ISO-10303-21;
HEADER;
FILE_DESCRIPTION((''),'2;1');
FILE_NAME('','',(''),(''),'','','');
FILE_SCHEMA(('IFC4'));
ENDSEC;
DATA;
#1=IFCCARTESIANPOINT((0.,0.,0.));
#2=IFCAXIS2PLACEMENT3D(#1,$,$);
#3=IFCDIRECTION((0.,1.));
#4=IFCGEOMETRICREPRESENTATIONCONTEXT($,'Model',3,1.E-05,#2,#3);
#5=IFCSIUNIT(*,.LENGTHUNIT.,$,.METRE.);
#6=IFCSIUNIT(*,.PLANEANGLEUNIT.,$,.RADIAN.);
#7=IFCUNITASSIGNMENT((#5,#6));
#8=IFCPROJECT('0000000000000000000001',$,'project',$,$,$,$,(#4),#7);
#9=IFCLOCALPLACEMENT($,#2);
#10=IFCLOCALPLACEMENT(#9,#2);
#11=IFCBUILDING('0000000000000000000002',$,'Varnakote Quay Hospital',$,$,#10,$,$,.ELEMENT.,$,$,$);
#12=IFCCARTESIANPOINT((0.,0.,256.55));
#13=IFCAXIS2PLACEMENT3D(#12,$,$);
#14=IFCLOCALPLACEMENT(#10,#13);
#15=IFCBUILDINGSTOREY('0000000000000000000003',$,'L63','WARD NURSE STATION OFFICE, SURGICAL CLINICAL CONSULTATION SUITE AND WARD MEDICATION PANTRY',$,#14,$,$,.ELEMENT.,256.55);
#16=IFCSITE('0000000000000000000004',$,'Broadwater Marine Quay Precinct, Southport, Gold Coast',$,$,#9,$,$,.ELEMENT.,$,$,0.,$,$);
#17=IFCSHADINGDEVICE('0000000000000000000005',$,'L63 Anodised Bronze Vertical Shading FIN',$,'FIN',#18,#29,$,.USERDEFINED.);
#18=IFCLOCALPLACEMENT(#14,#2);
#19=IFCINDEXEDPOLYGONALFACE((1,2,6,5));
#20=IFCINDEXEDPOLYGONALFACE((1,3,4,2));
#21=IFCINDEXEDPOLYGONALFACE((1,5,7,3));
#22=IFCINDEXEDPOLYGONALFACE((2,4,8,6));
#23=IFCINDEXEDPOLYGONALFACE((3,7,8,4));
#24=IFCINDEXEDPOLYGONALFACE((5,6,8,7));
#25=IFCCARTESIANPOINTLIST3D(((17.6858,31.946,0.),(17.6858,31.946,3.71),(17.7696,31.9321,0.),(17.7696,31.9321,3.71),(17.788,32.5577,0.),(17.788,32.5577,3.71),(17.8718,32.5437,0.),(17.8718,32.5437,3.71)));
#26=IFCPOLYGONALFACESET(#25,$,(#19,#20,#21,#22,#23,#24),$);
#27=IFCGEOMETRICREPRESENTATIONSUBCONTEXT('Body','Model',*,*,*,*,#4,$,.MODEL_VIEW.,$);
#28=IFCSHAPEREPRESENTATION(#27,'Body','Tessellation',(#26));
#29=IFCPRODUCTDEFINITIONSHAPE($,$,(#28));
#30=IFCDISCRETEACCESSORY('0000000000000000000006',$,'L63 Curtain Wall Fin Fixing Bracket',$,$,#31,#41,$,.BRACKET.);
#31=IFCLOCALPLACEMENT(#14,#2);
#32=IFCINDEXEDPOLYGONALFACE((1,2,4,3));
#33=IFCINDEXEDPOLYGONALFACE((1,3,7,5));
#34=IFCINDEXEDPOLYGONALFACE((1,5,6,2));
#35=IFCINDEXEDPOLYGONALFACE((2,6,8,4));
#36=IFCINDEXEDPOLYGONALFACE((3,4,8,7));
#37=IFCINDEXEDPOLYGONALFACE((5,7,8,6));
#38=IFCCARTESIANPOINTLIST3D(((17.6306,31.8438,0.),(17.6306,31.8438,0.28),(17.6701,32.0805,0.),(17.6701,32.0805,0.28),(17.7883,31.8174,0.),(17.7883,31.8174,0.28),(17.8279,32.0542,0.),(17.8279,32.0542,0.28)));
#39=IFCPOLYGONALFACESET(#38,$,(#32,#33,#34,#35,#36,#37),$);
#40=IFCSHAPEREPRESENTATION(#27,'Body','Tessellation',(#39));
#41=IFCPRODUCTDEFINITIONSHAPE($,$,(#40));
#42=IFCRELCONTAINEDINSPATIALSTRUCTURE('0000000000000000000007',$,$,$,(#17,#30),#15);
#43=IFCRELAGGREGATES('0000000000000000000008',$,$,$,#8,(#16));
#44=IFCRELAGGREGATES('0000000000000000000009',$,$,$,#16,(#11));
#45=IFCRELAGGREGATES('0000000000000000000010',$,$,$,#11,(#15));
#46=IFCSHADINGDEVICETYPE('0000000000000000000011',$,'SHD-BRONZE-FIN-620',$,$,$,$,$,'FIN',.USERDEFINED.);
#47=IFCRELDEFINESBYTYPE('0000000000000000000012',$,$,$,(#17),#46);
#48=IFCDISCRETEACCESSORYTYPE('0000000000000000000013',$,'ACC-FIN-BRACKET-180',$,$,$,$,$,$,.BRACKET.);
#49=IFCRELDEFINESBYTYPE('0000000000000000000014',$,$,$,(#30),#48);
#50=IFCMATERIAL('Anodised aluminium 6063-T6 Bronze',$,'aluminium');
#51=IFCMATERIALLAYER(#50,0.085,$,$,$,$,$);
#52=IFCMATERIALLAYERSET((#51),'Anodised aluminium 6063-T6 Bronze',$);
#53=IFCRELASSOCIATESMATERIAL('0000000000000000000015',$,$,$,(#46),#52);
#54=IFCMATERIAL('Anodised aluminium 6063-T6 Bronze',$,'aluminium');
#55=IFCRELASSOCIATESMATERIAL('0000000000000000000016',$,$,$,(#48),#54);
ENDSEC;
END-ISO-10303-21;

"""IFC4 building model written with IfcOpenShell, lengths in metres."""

from ifc_helpers import new_model, si_unit, direction, frame, origin, origin_2d, place, context, subcontext, project, spatial, rectangle, extrude, material, layer, layer_set, type_object, element, save


model = new_model("IFC4")

# Units and contexts
model_context = context("Model", 3, precision=1e-05, world=origin(), true_north=direction((0.0, 1.0)))
body_context = subcontext(model_context, "Body", "Model", "MODEL_VIEW")
ifc_project = project(units=[si_unit("LENGTHUNIT", "METRE"), si_unit("PLANEANGLEUNIT", "RADIAN")], contexts=[model_context])

# Site, building, storey
site_placement = place(None, origin())
site = spatial("IfcSite", under=ifc_project, at=site_placement, Name="Broadwater Marine Quay Precinct, Southport, Gold Coast", CompositionType="ELEMENT", RefElevation=0.0)
building_placement = place(site_placement, origin())
building = spatial("IfcBuilding", under=site, at=building_placement, Name="Varnakote Quay Hospital", CompositionType="ELEMENT")
storey_placement = place(building_placement, frame((0.0, 0.0, 256.55)))
storey = spatial("IfcBuildingStorey", under=building, at=storey_placement, Name="L63", Description="WARD NURSE STATION OFFICE, SURGICAL CLINICAL CONSULTATION SUITE AND WARD MEDICATION PANTRY", CompositionType="ELEMENT", Elevation=256.55)

# Shading device
ifc_material_1 = material(Name="Anodised aluminium 6063-T6 Bronze", Category="aluminium")
ifc_layer_1 = layer(ifc_material_1, 0.085)
ifc_layer_set_1 = layer_set([ifc_layer_1], Name="Anodised aluminium 6063-T6 Bronze")
shading_device_type = type_object("IfcShadingDeviceType", Name="SHD-BRONZE-FIN-620", ElementType="FIN", PredefinedType="USERDEFINED", material=ifc_layer_set_1)
shading_device_placement = place(storey_placement, frame((17.7788, 32.2449, 0.0), z_axis=(0.0, 0.0, 1.0), x_axis=(-0.164703, -0.986343, 0.0)))
element("IfcShadingDevice", 1, at=shading_device_placement, inside=storey, type_object=shading_device_type, Name="L63 Anodised Bronze Vertical Shading FIN", ObjectType="FIN", PredefinedType="USERDEFINED", context=body_context, shape_type="SweptSolid", body=[
    extrude(rectangle(XDim=0.6201, YDim=0.085, at=origin_2d()), origin(), (0.0, 0.0, 1.0), 3.71),
])

# Discrete accessory
ifc_material_2 = material(Name="Anodised aluminium 6063-T6 Bronze", Category="aluminium")
discrete_accessory_type = type_object("IfcDiscreteAccessoryType", Name="ACC-FIN-BRACKET-180", PredefinedType="BRACKET", material=ifc_material_2)
discrete_accessory_placement = place(storey_placement, frame((17.7292, 31.949, 0.0), z_axis=(0.0, 0.0, 1.0), x_axis=(-0.986343, 0.164703, 0.0)))
element("IfcDiscreteAccessory", 2, at=discrete_accessory_placement, inside=storey, type_object=discrete_accessory_type, Name="L63 Curtain Wall Fin Fixing Bracket", PredefinedType="BRACKET", context=body_context, shape_type="SweptSolid", body=[
    extrude(rectangle(XDim=0.1599, YDim=0.24, at=origin_2d()), origin(), (0.0, 0.0, 1.0), 0.28),
])

save(model, "model.ifc")
